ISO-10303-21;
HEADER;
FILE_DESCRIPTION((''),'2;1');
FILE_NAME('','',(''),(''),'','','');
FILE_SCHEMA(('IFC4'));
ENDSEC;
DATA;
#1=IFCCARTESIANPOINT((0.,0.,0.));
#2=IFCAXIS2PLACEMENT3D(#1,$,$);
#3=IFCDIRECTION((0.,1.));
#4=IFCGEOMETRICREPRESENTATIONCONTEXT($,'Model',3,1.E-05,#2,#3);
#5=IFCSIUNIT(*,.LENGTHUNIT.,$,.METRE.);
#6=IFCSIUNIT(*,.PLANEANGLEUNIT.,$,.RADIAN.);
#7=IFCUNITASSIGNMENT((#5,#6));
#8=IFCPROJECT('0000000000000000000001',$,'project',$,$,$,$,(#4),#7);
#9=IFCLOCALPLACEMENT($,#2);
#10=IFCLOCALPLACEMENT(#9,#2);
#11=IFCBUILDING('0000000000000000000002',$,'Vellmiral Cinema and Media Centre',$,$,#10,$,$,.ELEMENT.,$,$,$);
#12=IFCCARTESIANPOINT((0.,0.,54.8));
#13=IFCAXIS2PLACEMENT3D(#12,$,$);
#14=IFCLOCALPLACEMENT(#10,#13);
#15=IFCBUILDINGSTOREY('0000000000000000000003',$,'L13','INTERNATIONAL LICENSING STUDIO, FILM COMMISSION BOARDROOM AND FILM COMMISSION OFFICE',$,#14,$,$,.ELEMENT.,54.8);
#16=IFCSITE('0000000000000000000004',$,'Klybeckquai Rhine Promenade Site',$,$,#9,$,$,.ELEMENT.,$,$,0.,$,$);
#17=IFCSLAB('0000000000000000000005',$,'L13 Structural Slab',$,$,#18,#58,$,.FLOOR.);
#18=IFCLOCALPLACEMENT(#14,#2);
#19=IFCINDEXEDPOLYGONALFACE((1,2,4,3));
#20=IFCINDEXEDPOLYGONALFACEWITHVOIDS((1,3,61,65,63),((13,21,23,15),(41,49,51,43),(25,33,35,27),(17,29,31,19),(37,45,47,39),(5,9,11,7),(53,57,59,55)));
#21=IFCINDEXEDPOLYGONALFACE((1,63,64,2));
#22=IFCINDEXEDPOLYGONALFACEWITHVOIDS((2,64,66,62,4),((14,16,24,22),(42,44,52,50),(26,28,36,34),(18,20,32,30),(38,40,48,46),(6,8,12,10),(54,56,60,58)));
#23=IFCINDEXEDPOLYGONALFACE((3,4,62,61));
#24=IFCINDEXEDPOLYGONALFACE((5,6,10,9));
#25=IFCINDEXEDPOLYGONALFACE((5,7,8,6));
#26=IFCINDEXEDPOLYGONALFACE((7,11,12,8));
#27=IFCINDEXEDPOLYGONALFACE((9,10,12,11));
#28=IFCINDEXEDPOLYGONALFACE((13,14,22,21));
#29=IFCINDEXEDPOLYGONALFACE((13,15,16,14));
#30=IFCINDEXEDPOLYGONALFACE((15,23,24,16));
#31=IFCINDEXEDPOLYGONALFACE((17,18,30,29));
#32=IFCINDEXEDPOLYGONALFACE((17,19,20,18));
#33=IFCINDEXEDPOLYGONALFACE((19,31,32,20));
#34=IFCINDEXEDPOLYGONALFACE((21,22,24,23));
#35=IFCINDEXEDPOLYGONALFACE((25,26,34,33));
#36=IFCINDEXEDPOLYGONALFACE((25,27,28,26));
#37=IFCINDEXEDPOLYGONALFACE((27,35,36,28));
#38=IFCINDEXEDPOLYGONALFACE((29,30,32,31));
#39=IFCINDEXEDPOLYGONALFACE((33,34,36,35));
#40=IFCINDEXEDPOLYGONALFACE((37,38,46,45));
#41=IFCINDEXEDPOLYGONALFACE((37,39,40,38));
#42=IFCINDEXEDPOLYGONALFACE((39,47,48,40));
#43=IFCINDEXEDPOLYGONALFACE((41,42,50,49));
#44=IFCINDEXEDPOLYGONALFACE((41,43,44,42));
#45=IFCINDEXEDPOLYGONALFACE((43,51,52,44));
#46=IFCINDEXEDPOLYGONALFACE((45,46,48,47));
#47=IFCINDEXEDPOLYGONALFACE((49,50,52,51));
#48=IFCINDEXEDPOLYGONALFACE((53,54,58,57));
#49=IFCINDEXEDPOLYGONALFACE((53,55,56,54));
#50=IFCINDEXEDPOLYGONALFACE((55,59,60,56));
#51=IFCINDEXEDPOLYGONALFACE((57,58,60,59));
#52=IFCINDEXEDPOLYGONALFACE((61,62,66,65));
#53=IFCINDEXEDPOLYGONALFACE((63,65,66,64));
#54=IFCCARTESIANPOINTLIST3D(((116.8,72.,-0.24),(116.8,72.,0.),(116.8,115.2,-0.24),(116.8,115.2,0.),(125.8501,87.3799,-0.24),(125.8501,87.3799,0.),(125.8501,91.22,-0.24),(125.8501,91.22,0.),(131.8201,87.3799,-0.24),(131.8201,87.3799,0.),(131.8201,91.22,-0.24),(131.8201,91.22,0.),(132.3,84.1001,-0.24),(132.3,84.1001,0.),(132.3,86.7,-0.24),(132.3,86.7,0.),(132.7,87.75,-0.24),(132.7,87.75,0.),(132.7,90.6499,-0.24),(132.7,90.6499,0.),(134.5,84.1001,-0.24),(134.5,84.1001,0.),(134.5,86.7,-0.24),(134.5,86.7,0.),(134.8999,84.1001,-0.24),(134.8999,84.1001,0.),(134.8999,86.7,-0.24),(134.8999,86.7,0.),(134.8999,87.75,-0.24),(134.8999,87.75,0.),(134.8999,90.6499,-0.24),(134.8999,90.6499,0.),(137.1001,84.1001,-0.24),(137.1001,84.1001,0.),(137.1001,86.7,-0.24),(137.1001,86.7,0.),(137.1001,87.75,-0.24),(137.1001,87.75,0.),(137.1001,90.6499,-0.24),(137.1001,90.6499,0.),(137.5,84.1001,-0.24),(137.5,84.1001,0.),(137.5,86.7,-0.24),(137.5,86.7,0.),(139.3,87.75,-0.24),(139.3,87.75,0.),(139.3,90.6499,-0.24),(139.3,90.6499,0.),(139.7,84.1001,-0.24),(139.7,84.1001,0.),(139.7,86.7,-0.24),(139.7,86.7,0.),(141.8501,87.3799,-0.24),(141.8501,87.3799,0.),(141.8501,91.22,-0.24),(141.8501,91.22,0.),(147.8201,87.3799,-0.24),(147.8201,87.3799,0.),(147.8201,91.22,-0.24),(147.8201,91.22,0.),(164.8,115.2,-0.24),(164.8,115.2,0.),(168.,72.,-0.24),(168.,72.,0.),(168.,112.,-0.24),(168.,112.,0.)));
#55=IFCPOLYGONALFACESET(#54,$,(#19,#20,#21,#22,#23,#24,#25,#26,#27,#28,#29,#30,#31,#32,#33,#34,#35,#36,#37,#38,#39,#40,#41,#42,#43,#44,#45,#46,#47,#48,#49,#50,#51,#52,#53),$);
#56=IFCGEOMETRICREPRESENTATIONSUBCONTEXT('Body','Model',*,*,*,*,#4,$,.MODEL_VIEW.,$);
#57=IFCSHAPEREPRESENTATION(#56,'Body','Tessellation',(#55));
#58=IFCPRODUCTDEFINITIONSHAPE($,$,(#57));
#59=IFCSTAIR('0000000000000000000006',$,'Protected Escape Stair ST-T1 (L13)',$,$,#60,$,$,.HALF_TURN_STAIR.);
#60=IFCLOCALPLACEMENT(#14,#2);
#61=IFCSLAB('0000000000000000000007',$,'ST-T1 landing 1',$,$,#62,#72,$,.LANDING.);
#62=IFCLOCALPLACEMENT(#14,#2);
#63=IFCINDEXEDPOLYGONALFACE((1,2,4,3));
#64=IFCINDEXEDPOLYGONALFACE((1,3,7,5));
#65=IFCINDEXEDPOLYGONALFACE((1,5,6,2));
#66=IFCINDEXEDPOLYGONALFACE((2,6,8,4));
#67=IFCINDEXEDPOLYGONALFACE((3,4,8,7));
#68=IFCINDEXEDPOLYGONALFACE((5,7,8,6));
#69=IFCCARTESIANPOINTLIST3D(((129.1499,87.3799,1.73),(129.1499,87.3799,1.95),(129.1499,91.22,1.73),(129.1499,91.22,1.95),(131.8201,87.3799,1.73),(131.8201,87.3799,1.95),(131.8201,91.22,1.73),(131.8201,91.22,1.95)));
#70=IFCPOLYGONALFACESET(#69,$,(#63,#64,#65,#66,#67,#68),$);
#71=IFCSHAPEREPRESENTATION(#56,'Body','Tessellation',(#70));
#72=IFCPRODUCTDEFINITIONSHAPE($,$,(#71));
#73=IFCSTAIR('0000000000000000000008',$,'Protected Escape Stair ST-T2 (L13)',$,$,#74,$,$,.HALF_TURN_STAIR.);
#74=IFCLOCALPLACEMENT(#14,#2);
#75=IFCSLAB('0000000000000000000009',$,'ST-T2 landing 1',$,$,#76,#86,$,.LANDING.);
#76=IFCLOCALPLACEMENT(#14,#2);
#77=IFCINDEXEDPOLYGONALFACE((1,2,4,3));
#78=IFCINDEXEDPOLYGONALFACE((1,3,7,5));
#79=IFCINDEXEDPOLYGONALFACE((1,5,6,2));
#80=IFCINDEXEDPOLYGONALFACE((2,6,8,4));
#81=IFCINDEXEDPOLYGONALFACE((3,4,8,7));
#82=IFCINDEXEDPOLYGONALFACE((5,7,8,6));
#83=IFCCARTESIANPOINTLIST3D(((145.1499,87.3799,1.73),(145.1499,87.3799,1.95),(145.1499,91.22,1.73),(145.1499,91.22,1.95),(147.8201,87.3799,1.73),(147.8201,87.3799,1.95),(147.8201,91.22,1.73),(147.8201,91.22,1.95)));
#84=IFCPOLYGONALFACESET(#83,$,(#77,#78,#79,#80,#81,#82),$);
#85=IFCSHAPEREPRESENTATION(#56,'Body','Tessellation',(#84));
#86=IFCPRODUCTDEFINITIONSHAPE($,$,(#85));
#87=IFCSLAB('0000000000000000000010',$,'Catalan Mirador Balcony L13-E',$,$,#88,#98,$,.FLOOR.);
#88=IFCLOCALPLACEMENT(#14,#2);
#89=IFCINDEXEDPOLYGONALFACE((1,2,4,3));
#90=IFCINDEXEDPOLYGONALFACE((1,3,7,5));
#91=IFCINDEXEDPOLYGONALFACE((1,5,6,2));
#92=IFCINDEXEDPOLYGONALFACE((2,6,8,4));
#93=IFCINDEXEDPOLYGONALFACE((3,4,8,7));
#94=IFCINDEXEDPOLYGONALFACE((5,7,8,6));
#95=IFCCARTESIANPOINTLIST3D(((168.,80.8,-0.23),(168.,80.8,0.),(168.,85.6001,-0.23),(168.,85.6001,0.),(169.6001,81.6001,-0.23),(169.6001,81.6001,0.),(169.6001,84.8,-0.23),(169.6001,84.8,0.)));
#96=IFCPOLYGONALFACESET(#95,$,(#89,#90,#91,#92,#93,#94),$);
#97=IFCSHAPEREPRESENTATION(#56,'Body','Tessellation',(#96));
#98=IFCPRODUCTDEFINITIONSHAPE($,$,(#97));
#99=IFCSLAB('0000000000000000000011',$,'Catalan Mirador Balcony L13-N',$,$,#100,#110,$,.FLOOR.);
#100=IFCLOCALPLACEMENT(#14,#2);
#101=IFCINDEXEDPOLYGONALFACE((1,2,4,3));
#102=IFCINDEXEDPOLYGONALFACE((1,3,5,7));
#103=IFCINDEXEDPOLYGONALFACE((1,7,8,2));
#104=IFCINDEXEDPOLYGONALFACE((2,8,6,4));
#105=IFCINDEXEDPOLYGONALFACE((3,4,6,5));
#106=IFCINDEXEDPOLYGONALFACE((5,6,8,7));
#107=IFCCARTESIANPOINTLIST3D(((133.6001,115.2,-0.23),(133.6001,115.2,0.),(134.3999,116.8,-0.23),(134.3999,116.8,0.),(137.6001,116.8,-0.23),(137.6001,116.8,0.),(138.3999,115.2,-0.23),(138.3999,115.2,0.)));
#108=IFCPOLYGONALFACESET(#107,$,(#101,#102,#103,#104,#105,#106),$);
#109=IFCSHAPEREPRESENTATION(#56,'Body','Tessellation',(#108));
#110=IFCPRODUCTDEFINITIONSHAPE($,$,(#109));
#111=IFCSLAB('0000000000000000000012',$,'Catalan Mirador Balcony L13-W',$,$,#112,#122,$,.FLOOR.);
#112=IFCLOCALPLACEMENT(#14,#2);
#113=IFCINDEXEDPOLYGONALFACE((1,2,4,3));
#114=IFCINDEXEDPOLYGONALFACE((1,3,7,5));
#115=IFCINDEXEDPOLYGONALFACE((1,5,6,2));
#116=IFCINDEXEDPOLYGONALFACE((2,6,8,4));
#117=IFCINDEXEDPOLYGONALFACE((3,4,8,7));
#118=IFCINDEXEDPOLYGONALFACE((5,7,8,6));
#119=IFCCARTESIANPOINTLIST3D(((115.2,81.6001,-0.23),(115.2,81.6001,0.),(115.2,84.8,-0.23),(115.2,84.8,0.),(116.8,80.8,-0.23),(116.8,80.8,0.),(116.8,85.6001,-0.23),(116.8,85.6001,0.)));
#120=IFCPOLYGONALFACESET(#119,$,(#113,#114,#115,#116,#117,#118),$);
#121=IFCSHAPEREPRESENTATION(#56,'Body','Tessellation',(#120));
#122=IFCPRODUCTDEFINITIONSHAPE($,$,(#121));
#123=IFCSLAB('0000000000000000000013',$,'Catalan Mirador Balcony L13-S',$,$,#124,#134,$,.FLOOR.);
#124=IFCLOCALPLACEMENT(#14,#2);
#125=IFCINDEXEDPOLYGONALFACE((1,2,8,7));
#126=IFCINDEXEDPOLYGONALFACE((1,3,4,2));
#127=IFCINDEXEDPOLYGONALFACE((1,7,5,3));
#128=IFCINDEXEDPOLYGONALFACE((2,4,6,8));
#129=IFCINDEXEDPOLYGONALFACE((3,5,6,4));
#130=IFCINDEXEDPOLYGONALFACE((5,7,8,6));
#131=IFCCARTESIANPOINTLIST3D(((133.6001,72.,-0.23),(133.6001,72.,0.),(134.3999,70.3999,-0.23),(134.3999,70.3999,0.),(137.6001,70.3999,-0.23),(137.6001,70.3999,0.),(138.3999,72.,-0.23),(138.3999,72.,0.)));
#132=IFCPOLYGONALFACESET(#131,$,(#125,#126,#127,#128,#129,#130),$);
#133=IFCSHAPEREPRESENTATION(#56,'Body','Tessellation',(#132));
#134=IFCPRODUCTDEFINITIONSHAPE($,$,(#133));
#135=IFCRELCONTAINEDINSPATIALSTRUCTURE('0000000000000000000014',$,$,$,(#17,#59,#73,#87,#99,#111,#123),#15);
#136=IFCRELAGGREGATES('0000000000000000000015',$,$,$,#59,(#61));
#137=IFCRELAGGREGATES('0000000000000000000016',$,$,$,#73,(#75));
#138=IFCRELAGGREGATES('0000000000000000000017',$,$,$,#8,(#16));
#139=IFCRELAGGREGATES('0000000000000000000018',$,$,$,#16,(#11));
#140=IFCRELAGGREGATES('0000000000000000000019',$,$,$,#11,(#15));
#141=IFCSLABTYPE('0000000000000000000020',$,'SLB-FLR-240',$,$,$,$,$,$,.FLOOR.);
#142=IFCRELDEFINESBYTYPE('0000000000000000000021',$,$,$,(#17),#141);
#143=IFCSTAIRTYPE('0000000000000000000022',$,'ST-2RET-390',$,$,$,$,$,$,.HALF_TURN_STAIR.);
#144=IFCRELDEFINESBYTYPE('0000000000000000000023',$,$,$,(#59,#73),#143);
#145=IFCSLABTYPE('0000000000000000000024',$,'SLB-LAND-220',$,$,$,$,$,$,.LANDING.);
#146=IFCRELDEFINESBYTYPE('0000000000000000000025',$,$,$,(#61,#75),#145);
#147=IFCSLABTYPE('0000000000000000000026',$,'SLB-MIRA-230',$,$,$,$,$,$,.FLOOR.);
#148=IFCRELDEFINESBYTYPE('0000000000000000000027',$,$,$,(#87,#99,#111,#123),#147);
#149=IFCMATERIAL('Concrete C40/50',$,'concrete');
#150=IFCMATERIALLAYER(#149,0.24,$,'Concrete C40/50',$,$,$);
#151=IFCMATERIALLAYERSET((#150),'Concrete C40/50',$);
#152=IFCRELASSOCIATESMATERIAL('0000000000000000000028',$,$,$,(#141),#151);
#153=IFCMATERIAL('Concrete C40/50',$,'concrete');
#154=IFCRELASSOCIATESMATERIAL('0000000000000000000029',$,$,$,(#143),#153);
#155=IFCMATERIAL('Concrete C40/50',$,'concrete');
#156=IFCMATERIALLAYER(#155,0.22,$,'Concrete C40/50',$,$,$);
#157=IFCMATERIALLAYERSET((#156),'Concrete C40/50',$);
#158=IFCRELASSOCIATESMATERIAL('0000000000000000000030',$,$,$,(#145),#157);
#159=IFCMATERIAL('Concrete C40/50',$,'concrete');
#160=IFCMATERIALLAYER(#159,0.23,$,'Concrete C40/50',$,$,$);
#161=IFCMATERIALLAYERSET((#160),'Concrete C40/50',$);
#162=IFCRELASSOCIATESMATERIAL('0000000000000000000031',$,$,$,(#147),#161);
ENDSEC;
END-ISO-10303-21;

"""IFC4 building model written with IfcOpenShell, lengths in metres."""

from ifc_helpers import new_model, si_unit, direction, frame, origin, place, context, subcontext, project, spatial, polyline, outline, extrude, material, layer, layer_set, type_object, element, aggregate, save


model = new_model("IFC4")

# Units and contexts
model_context = context("Model", 3, precision=1e-05, world=origin(), true_north=direction((0.0, 1.0)))
body_context = subcontext(model_context, "Body", "Model", "MODEL_VIEW")
ifc_project = project(units=[si_unit("LENGTHUNIT", "METRE"), si_unit("PLANEANGLEUNIT", "RADIAN")], contexts=[model_context])

# Site, building, storey
site_placement = place(None, origin())
site = spatial("IfcSite", under=ifc_project, at=site_placement, Name="Klybeckquai Rhine Promenade Site", CompositionType="ELEMENT", RefElevation=0.0)
building_placement = place(site_placement, origin())
building = spatial("IfcBuilding", under=site, at=building_placement, Name="Vellmiral Cinema and Media Centre", CompositionType="ELEMENT")
storey_placement = place(building_placement, frame((0.0, 0.0, 54.8)))
storey = spatial("IfcBuildingStorey", under=building, at=storey_placement, Name="L13", Description="INTERNATIONAL LICENSING STUDIO, FILM COMMISSION BOARDROOM AND FILM COMMISSION OFFICE", CompositionType="ELEMENT", Elevation=54.8)

# Slab
ifc_material_1 = material(Name="Concrete C40/50", Category="concrete")
ifc_layer_1 = layer(ifc_material_1, 0.24, Name="Concrete C40/50")
ifc_layer_set_1 = layer_set([ifc_layer_1], Name="Concrete C40/50")
slab_type_1 = type_object("IfcSlabType", Name="SLB-FLR-240", PredefinedType="FLOOR", material=ifc_layer_set_1)
slab_1_placement = place(storey_placement, frame((0.0, 0.0, -0.24)))
element("IfcSlab", 1, at=slab_1_placement, inside=storey, type_object=slab_type_1, Name="L13 Structural Slab", PredefinedType="FLOOR", context=body_context, shape_type="SweptSolid", body=[
    extrude(outline(polyline([(116.8, 72.0), (168.0, 72.0), (168.0, 112.0), (164.8, 115.2), (116.8, 115.2), (116.8, 72.0)]), holes=[polyline([(125.8501, 87.3799), (131.8201, 87.3799), (131.8201, 91.22), (125.8501, 91.22), (125.8501, 87.3799)]), polyline([(141.8501, 87.3799), (147.8201, 87.3799), (147.8201, 91.22), (141.8501, 91.22), (141.8501, 87.3799)]), polyline([(132.7, 87.75), (134.8999, 87.75), (134.8999, 90.6499), (132.7, 90.6499), (132.7, 87.75)]), polyline([(137.1001, 87.75), (139.3, 87.75), (139.3, 90.6499), (137.1001, 90.6499), (137.1001, 87.75)]), polyline([(132.3, 84.1001), (134.5, 84.1001), (134.5, 86.7), (132.3, 86.7), (132.3, 84.1001)]), polyline([(134.8999, 84.1001), (137.1001, 84.1001), (137.1001, 86.7), (134.8999, 86.7), (134.8999, 84.1001)]), polyline([(137.5, 84.1001), (139.7, 84.1001), (139.7, 86.7), (137.5, 86.7), (137.5, 84.1001)])]), origin(), (0.0, 0.0, 1.0), 0.24),
])

# Stairs, slabs
ifc_material_2 = material(Name="Concrete C40/50", Category="concrete")
stair_type = type_object("IfcStairType", Name="ST-2RET-390", PredefinedType="HALF_TURN_STAIR", material=ifc_material_2)
stair_1_placement = place(storey_placement, origin())
stair_1 = element("IfcStair", 2, at=stair_1_placement, inside=storey, type_object=stair_type, Name="Protected Escape Stair ST-T1 (L13)", PredefinedType="HALF_TURN_STAIR")
ifc_material_3 = material(Name="Concrete C40/50", Category="concrete")
ifc_layer_2 = layer(ifc_material_3, 0.22, Name="Concrete C40/50")
ifc_layer_set_2 = layer_set([ifc_layer_2], Name="Concrete C40/50")
slab_type_2 = type_object("IfcSlabType", Name="SLB-LAND-220", PredefinedType="LANDING", material=ifc_layer_set_2)
slab_2_placement = place(storey_placement, frame((0.0, 0.0, 1.73)))
slab_2 = element("IfcSlab", 3, at=slab_2_placement, type_object=slab_type_2, Name="ST-T1 landing 1", PredefinedType="LANDING", context=body_context, shape_type="SweptSolid", body=[
    extrude(outline(polyline([(129.1499, 87.3799), (131.8201, 87.3799), (131.8201, 91.22), (129.1499, 91.22), (129.1499, 87.3799)])), origin(), (0.0, 0.0, 1.0), 0.22),
])
aggregate(stair_1, [slab_2])
stair_2_placement = place(storey_placement, origin())
stair_2 = element("IfcStair", 4, at=stair_2_placement, inside=storey, type_object=stair_type, Name="Protected Escape Stair ST-T2 (L13)", PredefinedType="HALF_TURN_STAIR")
slab_3_placement = place(storey_placement, frame((0.0, 0.0, 1.73)))
slab_3 = element("IfcSlab", 5, at=slab_3_placement, type_object=slab_type_2, Name="ST-T2 landing 1", PredefinedType="LANDING", context=body_context, shape_type="SweptSolid", body=[
    extrude(outline(polyline([(145.1499, 87.3799), (147.8201, 87.3799), (147.8201, 91.22), (145.1499, 91.22), (145.1499, 87.3799)])), origin(), (0.0, 0.0, 1.0), 0.22),
])
aggregate(stair_2, [slab_3])

# Slabs
ifc_material_4 = material(Name="Concrete C40/50", Category="concrete")
ifc_layer_3 = layer(ifc_material_4, 0.23, Name="Concrete C40/50")
ifc_layer_set_3 = layer_set([ifc_layer_3], Name="Concrete C40/50")
slab_type_3 = type_object("IfcSlabType", Name="SLB-MIRA-230", PredefinedType="FLOOR", material=ifc_layer_set_3)
slab_4_placement = place(storey_placement, frame((0.0, 0.0, -0.23)))
element("IfcSlab", 6, at=slab_4_placement, inside=storey, type_object=slab_type_3, Name="Catalan Mirador Balcony L13-E", PredefinedType="FLOOR", context=body_context, shape_type="SweptSolid", body=[
    extrude(outline(polyline([(168.0, 80.8), (169.6001, 81.6001), (169.6001, 84.8), (168.0, 85.6001), (168.0, 80.8)])), origin(), (0.0, 0.0, 1.0), 0.23),
])
slab_5_placement = place(storey_placement, frame((0.0, 0.0, -0.23)))
element("IfcSlab", 7, at=slab_5_placement, inside=storey, type_object=slab_type_3, Name="Catalan Mirador Balcony L13-N", PredefinedType="FLOOR", context=body_context, shape_type="SweptSolid", body=[
    extrude(outline(polyline([(133.6001, 115.2), (138.3999, 115.2), (137.6001, 116.8), (134.3999, 116.8), (133.6001, 115.2)])), origin(), (0.0, 0.0, 1.0), 0.23),
])
slab_6_placement = place(storey_placement, frame((0.0, 0.0, -0.23)))
element("IfcSlab", 8, at=slab_6_placement, inside=storey, type_object=slab_type_3, Name="Catalan Mirador Balcony L13-W", PredefinedType="FLOOR", context=body_context, shape_type="SweptSolid", body=[
    extrude(outline(polyline([(116.8, 80.8), (116.8, 85.6001), (115.2, 84.8), (115.2, 81.6001), (116.8, 80.8)])), origin(), (0.0, 0.0, 1.0), 0.23),
])
slab_7_placement = place(storey_placement, frame((0.0, 0.0, -0.23)))
element("IfcSlab", 9, at=slab_7_placement, inside=storey, type_object=slab_type_3, Name="Catalan Mirador Balcony L13-S", PredefinedType="FLOOR", context=body_context, shape_type="SweptSolid", body=[
    extrude(outline(polyline([(133.6001, 72.0), (134.3999, 70.3999), (137.6001, 70.3999), (138.3999, 72.0), (133.6001, 72.0)])), origin(), (0.0, 0.0, 1.0), 0.23),
])

save(model, "model.ifc")
